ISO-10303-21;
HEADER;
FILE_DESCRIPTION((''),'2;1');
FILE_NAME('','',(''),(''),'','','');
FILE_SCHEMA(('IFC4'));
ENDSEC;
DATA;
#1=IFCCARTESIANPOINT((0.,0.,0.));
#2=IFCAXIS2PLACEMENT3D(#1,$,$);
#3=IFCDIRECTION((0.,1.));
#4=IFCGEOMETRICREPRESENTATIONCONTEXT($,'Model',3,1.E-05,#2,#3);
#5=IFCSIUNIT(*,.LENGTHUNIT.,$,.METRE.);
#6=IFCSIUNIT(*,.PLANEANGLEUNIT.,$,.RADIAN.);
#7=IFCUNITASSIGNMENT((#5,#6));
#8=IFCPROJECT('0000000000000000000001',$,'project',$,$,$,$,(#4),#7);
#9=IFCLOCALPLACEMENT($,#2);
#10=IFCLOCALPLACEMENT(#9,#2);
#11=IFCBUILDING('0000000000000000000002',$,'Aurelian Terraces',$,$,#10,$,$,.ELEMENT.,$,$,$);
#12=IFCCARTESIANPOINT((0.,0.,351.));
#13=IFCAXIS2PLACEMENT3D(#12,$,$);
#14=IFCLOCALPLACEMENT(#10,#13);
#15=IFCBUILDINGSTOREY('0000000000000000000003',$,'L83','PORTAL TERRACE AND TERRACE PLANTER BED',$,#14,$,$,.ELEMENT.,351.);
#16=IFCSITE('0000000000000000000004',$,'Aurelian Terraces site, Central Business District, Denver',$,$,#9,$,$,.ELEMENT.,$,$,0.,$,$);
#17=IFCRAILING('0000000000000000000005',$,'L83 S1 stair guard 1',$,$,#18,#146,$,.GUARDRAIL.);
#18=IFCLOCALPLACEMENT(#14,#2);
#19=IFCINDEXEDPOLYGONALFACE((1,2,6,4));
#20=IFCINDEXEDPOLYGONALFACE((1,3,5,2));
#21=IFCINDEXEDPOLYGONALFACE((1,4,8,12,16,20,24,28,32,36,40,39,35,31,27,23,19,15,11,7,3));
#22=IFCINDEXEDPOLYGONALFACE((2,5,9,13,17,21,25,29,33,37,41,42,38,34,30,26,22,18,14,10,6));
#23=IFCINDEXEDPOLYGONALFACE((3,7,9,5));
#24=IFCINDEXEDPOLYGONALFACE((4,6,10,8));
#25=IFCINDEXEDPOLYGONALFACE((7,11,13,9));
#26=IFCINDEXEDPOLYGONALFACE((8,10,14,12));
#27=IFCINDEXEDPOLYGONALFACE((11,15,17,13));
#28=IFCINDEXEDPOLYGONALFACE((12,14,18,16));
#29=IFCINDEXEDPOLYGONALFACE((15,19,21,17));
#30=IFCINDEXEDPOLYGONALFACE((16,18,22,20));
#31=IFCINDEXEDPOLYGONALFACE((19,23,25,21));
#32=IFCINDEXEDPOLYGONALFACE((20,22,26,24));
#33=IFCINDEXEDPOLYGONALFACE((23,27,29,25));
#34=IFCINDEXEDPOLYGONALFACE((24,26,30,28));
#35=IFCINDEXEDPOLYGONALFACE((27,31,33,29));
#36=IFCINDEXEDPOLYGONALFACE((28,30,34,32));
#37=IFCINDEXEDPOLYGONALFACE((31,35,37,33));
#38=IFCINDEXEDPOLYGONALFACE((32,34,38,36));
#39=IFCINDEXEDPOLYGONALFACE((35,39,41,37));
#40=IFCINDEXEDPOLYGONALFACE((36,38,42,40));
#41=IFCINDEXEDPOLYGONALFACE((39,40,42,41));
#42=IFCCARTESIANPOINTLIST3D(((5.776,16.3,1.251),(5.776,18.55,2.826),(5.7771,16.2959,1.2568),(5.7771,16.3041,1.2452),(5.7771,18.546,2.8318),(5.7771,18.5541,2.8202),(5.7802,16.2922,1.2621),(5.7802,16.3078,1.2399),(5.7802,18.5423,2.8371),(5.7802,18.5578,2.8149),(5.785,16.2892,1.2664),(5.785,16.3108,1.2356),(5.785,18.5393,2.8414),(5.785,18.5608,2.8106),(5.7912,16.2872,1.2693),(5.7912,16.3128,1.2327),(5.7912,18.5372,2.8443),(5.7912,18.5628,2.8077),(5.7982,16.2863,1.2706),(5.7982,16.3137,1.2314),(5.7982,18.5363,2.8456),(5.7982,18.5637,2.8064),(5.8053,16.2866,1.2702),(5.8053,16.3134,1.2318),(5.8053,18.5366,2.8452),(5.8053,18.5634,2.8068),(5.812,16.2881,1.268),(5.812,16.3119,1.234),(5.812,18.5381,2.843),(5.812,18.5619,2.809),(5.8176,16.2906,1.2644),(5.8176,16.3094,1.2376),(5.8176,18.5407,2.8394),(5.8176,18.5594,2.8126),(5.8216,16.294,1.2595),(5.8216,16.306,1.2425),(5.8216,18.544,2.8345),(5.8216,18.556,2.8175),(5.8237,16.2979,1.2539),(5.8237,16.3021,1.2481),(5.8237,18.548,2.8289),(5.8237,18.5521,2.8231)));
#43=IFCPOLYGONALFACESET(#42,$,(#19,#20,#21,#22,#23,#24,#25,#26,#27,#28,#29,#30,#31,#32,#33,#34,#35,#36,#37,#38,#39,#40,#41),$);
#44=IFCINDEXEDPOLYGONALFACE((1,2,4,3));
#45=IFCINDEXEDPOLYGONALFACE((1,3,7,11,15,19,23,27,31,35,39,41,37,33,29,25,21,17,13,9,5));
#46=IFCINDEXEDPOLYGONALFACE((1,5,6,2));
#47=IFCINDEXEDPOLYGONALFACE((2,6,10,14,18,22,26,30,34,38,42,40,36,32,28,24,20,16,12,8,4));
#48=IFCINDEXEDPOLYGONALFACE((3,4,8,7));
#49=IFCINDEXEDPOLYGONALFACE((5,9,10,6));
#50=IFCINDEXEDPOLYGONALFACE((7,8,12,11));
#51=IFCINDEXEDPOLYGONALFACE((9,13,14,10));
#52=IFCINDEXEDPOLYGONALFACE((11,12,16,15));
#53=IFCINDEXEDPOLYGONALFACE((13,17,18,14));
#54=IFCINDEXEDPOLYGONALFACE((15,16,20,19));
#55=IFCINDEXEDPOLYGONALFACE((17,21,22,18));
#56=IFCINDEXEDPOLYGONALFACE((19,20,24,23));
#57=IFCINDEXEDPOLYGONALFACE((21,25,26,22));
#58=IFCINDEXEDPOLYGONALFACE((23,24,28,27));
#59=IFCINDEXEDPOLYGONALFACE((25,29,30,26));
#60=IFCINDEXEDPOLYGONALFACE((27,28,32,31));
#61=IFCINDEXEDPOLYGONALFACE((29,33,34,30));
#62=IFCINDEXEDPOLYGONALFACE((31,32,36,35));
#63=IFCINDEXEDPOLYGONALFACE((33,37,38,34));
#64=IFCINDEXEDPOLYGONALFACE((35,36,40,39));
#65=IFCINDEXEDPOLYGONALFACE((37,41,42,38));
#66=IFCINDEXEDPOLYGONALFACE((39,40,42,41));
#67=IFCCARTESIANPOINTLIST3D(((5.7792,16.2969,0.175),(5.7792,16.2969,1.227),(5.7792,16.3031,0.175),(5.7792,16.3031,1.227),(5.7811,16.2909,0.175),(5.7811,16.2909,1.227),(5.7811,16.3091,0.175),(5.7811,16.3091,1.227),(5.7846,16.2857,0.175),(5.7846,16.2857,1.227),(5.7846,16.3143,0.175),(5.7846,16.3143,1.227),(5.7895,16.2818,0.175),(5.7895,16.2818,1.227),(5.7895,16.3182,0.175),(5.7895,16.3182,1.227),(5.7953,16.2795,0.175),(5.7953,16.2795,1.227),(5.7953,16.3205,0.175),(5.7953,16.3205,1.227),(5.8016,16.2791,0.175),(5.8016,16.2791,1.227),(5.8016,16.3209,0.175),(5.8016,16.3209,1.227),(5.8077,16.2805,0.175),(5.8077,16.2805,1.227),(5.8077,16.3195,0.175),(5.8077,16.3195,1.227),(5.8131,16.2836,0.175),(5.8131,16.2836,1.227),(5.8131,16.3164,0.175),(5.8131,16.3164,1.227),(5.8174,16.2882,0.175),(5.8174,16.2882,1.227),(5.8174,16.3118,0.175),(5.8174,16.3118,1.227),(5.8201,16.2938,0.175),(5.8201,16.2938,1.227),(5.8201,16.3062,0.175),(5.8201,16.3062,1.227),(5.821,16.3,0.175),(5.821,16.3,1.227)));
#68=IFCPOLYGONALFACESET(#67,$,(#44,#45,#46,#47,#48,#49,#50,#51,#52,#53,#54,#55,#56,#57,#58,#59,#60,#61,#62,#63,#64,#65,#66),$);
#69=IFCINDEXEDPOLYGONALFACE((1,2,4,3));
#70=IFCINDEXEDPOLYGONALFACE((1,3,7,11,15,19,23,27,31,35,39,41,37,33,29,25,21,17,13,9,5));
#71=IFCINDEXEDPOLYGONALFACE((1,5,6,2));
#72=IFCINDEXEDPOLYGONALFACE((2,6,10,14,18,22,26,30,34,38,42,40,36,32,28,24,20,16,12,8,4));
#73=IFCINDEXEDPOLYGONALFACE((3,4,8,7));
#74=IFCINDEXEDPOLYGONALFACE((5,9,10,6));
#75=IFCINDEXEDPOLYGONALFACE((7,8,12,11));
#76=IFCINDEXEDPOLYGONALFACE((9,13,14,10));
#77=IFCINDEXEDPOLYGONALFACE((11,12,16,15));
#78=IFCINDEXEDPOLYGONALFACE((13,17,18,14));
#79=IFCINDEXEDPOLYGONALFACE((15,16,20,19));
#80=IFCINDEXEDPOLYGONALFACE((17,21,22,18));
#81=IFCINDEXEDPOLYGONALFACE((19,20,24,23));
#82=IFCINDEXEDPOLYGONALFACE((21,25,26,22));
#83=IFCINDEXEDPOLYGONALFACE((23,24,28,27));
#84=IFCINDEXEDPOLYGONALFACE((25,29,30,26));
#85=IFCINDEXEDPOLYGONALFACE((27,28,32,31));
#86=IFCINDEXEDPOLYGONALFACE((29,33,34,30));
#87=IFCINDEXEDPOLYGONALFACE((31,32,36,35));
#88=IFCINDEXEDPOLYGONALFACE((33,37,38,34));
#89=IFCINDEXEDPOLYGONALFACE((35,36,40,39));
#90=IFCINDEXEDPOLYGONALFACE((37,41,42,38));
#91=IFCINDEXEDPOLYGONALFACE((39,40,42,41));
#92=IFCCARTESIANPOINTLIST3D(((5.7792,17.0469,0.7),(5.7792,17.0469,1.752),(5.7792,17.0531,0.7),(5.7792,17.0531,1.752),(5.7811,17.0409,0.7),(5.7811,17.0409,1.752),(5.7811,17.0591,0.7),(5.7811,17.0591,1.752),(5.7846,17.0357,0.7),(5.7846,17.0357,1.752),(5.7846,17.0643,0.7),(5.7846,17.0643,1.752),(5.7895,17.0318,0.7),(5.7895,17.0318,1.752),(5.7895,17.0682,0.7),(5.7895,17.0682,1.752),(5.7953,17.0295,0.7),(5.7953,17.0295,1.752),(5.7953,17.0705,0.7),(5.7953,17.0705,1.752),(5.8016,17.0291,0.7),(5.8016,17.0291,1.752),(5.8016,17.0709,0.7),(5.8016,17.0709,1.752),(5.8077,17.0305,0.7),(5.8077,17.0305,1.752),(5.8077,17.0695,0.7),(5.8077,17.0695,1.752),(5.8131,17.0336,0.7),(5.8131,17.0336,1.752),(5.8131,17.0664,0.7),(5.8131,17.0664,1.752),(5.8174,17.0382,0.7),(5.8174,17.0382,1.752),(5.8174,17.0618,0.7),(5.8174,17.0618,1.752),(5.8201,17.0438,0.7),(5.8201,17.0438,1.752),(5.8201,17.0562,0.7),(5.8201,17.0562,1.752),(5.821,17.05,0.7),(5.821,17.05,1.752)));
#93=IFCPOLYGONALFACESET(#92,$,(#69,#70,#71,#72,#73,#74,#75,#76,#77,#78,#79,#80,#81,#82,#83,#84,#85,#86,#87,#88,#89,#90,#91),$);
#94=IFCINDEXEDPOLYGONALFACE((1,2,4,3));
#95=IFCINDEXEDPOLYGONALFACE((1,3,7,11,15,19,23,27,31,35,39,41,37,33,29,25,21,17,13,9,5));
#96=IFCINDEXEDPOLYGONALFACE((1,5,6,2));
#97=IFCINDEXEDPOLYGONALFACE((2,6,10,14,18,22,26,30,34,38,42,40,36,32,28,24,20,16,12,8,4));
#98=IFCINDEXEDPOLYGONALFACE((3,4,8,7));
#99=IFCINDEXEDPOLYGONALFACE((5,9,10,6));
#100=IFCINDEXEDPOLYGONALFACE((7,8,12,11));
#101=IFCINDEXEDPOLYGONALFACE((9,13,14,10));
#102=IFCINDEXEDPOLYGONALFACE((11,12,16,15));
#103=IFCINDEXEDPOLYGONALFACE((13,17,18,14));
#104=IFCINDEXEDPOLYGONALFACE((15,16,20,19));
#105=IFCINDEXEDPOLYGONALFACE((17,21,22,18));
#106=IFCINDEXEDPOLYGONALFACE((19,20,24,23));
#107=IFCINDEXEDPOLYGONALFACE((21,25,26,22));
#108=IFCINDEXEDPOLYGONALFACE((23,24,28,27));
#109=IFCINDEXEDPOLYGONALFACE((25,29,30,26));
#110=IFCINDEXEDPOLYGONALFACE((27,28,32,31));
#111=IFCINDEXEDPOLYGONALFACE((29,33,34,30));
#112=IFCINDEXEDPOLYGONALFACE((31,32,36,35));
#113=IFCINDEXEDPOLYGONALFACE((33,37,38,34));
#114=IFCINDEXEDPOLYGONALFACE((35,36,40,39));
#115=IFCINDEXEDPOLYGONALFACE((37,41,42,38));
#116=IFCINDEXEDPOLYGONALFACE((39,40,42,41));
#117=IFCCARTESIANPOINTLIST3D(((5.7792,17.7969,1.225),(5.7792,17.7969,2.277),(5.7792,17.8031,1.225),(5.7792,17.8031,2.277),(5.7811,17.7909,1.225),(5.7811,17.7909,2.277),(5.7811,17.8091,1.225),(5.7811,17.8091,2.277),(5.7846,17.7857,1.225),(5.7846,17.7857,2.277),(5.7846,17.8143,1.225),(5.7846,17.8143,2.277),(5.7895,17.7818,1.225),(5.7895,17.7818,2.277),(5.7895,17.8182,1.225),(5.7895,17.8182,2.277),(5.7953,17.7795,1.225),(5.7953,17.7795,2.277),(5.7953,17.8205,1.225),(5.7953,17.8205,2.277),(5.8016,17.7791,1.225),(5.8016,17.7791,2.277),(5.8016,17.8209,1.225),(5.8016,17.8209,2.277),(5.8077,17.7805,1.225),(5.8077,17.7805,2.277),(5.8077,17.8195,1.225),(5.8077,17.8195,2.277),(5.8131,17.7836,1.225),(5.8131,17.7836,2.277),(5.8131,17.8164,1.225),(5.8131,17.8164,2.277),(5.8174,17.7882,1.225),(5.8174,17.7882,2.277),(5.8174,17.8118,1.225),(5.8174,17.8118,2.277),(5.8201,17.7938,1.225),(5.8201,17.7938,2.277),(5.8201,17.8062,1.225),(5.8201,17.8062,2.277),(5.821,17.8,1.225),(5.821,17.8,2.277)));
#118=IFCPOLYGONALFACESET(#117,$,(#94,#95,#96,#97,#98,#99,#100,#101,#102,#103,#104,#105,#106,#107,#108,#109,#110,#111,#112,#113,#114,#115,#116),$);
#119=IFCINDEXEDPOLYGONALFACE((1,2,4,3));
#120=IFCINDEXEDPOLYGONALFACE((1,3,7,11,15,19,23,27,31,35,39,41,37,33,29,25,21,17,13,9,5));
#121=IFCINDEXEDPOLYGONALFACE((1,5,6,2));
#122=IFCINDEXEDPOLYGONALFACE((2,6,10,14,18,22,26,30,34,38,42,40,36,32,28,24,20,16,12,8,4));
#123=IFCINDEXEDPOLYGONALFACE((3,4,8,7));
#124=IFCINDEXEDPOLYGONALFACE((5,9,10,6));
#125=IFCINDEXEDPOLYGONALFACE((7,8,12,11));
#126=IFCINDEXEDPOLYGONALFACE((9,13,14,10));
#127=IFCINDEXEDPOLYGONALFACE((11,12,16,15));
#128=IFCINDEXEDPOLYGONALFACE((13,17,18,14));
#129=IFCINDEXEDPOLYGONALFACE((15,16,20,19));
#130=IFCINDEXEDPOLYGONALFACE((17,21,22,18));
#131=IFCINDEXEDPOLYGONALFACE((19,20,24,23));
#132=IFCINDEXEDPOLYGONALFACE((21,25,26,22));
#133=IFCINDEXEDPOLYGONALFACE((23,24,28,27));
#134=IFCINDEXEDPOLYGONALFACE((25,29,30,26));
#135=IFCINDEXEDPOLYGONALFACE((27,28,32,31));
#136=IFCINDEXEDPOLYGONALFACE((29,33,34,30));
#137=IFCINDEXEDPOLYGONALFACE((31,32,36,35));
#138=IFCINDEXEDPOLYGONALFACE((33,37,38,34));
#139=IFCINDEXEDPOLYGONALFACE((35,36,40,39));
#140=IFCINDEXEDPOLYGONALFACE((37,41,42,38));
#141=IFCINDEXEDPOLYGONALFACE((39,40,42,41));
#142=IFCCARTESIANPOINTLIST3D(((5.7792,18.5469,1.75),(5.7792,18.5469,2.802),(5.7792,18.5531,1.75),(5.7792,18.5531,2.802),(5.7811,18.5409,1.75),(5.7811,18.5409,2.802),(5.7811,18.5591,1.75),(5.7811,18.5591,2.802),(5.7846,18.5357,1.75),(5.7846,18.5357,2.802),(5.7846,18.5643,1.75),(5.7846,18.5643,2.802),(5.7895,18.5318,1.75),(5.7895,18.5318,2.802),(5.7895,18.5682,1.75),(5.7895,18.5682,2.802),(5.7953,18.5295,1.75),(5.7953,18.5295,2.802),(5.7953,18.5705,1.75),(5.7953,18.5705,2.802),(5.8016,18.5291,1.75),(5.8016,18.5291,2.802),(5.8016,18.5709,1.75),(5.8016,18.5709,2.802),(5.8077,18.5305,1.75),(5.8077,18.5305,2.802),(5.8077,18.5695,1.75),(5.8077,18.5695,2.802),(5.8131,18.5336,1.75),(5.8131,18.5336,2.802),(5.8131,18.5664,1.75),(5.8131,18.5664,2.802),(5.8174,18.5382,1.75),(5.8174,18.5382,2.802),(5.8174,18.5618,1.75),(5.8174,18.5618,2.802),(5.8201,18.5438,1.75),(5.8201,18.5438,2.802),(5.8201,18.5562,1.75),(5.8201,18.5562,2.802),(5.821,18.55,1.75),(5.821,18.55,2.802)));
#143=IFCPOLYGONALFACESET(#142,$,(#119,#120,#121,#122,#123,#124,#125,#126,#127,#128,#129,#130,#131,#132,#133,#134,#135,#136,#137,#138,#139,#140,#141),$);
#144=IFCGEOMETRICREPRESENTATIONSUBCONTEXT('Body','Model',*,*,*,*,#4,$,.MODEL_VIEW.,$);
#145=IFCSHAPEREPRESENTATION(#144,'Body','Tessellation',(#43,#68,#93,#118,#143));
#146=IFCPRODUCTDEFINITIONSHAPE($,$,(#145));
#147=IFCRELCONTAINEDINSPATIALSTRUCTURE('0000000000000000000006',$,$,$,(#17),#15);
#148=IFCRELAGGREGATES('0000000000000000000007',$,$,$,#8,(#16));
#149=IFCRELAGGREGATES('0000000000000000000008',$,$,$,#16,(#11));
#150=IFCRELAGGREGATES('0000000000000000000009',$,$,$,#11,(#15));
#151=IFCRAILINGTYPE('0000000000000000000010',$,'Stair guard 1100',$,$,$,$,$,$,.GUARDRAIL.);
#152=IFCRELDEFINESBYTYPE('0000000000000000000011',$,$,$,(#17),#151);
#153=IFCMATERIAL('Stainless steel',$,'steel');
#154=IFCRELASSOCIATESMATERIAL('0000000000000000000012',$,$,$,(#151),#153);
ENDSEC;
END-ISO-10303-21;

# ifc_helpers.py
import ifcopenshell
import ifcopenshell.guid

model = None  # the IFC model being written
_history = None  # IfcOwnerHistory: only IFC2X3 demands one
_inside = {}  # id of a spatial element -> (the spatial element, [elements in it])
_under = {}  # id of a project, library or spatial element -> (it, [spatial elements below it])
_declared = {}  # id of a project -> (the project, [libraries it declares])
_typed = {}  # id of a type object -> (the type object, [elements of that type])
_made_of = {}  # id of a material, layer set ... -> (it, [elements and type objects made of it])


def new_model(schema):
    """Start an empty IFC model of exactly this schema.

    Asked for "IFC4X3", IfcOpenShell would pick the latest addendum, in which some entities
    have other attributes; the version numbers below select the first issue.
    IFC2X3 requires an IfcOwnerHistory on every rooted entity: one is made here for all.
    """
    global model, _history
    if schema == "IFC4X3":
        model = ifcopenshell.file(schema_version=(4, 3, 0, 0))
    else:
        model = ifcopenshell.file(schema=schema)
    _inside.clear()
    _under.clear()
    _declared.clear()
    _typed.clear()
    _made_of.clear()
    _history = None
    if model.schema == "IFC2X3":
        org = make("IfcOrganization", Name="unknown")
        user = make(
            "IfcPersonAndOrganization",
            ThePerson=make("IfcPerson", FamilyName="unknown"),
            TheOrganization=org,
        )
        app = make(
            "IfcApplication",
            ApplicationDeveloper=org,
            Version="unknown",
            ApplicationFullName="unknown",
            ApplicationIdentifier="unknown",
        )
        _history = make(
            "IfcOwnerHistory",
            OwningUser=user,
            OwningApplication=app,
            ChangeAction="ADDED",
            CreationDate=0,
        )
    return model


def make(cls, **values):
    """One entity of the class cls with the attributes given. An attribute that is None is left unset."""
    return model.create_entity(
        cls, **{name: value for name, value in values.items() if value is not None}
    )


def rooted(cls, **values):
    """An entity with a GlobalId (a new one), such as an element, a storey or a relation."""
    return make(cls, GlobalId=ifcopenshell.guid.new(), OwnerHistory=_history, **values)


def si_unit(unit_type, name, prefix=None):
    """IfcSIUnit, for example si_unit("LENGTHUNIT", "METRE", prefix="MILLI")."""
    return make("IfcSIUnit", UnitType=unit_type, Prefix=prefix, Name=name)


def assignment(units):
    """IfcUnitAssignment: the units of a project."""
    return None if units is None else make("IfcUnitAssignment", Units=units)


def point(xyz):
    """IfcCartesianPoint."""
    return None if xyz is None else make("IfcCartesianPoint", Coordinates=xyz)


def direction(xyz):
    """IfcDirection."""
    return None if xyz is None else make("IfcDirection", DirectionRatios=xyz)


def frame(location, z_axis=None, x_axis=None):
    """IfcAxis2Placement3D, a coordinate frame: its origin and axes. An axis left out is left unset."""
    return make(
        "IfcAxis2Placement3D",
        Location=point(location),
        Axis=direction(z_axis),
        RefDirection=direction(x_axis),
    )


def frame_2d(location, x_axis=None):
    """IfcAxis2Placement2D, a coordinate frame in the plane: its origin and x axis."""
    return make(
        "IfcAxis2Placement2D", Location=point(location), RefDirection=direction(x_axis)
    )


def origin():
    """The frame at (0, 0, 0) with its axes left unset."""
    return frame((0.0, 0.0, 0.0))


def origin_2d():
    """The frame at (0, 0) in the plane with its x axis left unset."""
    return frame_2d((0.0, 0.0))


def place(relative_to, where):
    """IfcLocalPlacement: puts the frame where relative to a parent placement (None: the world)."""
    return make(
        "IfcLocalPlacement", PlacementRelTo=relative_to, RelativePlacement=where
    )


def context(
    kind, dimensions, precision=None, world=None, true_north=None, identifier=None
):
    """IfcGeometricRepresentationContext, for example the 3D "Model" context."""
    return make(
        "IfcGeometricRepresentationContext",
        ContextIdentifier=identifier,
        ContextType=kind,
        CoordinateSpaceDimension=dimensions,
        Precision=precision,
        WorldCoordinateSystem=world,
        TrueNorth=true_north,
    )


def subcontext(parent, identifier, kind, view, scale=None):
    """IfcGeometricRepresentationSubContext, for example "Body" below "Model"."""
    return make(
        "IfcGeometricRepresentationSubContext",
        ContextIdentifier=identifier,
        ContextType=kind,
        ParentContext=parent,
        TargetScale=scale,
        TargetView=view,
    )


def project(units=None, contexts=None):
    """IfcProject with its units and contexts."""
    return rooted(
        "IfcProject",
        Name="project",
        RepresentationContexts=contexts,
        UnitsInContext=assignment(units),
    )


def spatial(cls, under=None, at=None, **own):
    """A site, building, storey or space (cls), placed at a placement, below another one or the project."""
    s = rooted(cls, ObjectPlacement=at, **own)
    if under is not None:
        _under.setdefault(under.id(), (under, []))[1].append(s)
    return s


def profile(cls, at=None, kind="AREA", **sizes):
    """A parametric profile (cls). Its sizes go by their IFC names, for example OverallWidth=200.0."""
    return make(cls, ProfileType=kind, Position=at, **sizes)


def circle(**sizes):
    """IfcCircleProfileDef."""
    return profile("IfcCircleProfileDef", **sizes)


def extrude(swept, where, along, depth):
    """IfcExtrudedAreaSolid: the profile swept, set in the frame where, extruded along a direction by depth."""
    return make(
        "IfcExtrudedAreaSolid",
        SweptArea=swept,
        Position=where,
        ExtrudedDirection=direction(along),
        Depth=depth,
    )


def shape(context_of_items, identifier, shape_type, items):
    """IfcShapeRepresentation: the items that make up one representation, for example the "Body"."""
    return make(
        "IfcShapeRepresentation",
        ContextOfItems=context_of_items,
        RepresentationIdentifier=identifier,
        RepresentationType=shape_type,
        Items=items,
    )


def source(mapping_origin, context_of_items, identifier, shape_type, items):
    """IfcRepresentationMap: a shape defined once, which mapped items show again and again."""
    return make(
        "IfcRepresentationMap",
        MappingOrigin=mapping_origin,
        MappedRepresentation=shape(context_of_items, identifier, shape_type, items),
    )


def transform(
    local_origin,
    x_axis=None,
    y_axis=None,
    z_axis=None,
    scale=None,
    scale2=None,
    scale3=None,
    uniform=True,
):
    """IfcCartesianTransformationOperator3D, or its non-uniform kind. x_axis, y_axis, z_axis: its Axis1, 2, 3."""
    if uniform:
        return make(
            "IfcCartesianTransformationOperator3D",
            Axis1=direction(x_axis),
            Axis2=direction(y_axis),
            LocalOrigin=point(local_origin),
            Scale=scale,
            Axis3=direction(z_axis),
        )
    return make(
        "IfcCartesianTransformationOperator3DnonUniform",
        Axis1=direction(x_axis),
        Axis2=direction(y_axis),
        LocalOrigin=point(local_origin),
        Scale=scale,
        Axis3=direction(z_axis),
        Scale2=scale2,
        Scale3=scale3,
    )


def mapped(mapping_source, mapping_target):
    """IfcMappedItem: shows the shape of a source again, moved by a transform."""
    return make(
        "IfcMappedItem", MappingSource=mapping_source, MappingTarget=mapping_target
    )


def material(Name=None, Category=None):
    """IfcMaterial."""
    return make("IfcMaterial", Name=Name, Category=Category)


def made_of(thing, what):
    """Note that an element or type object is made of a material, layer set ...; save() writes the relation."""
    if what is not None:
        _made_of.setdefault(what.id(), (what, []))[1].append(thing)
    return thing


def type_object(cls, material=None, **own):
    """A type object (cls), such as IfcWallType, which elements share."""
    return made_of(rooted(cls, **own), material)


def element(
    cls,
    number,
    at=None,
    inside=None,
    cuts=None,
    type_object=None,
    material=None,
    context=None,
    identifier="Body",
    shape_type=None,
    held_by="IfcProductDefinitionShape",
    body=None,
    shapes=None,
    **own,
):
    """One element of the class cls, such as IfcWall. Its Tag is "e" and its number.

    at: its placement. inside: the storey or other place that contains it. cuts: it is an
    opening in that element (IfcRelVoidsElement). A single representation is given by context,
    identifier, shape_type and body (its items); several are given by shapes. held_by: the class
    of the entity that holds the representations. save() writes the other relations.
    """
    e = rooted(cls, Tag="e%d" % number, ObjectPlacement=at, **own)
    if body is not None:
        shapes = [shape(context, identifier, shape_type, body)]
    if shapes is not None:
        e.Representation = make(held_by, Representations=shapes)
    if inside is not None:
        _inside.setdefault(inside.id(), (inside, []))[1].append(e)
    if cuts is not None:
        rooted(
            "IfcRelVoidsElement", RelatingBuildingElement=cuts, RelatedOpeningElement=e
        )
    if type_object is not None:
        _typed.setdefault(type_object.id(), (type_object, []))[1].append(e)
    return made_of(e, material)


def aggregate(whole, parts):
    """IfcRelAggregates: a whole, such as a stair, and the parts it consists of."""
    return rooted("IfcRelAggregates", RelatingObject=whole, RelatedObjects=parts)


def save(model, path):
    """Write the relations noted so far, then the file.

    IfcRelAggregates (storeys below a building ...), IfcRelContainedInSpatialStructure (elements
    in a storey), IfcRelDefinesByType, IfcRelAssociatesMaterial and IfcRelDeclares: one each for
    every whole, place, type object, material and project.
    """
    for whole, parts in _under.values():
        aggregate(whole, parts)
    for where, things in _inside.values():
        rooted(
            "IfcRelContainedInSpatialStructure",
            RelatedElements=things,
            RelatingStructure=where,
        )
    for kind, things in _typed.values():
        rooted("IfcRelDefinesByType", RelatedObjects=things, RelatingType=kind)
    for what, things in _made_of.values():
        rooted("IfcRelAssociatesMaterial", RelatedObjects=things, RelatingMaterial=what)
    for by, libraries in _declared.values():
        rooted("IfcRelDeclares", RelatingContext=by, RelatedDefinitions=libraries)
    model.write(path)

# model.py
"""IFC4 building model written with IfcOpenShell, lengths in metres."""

from ifc_helpers import new_model, si_unit, direction, frame, origin, origin_2d, place, context, subcontext, project, spatial, circle, extrude, source, transform, mapped, material, type_object, element, save


model = new_model("IFC4")

# Units and contexts
model_context = context("Model", 3, precision=1e-05, world=origin(), true_north=direction((0.0, 1.0)))
body_context = subcontext(model_context, "Body", "Model", "MODEL_VIEW")
ifc_project = project(units=[si_unit("LENGTHUNIT", "METRE"), si_unit("PLANEANGLEUNIT", "RADIAN")], contexts=[model_context])

# Site, building, storey
site_placement = place(None, origin())
site = spatial("IfcSite", under=ifc_project, at=site_placement, Name="Aurelian Terraces site, Central Business District, Denver", CompositionType="ELEMENT", RefElevation=0.0)
building_placement = place(site_placement, origin())
building = spatial("IfcBuilding", under=site, at=building_placement, Name="Aurelian Terraces", CompositionType="ELEMENT")
storey_placement = place(building_placement, frame((0.0, 0.0, 351.0)))
storey = spatial("IfcBuildingStorey", under=building, at=storey_placement, Name="L83", Description="PORTAL TERRACE AND TERRACE PLANTER BED", CompositionType="ELEMENT", Elevation=351.0)

# Shared definitions
ifc_material_1 = material(Name="Stainless steel", Category="steel")

# Railing
railing_type = type_object("IfcRailingType", Name="Stair guard 1100", PredefinedType="GUARDRAIL", material=ifc_material_1)
shared_shape_1 = source(origin(), body_context, "Body", "SweptSolid", [
    extrude(circle(Radius=0.024, at=origin_2d()), frame((0.0, 0.0, 1.076), z_axis=(0.0, 0.819232, 0.573462), x_axis=(-1.0, 0.0, 0.0)), (0.0, 0.0, 1.0), 2.7465),
    extrude(circle(Radius=0.021, at=origin_2d()), origin(), (0.0, 0.0, 1.0), 1.052),
    extrude(circle(Radius=0.021, at=origin_2d()), frame((0.0, 0.75, 0.525)), (0.0, 0.0, 1.0), 1.052),
    extrude(circle(Radius=0.021, at=origin_2d()), frame((0.0, 1.5, 1.05)), (0.0, 0.0, 1.0), 1.052),
    extrude(circle(Radius=0.021, at=origin_2d()), frame((0.0, 2.25, 1.575)), (0.0, 0.0, 1.0), 1.052),
])
railing_1_placement = place(storey_placement, frame((5.8, 16.3, 0.175)))
element("IfcRailing", 1, at=railing_1_placement, inside=storey, type_object=railing_type, Name="L83 S1 stair guard 1", PredefinedType="GUARDRAIL", context=body_context, shape_type="MappedRepresentation", body=[
    mapped(shared_shape_1, transform((0.0, 0.0, 0.0), scale=1.0)),
])

save(model, "model.ifc")
